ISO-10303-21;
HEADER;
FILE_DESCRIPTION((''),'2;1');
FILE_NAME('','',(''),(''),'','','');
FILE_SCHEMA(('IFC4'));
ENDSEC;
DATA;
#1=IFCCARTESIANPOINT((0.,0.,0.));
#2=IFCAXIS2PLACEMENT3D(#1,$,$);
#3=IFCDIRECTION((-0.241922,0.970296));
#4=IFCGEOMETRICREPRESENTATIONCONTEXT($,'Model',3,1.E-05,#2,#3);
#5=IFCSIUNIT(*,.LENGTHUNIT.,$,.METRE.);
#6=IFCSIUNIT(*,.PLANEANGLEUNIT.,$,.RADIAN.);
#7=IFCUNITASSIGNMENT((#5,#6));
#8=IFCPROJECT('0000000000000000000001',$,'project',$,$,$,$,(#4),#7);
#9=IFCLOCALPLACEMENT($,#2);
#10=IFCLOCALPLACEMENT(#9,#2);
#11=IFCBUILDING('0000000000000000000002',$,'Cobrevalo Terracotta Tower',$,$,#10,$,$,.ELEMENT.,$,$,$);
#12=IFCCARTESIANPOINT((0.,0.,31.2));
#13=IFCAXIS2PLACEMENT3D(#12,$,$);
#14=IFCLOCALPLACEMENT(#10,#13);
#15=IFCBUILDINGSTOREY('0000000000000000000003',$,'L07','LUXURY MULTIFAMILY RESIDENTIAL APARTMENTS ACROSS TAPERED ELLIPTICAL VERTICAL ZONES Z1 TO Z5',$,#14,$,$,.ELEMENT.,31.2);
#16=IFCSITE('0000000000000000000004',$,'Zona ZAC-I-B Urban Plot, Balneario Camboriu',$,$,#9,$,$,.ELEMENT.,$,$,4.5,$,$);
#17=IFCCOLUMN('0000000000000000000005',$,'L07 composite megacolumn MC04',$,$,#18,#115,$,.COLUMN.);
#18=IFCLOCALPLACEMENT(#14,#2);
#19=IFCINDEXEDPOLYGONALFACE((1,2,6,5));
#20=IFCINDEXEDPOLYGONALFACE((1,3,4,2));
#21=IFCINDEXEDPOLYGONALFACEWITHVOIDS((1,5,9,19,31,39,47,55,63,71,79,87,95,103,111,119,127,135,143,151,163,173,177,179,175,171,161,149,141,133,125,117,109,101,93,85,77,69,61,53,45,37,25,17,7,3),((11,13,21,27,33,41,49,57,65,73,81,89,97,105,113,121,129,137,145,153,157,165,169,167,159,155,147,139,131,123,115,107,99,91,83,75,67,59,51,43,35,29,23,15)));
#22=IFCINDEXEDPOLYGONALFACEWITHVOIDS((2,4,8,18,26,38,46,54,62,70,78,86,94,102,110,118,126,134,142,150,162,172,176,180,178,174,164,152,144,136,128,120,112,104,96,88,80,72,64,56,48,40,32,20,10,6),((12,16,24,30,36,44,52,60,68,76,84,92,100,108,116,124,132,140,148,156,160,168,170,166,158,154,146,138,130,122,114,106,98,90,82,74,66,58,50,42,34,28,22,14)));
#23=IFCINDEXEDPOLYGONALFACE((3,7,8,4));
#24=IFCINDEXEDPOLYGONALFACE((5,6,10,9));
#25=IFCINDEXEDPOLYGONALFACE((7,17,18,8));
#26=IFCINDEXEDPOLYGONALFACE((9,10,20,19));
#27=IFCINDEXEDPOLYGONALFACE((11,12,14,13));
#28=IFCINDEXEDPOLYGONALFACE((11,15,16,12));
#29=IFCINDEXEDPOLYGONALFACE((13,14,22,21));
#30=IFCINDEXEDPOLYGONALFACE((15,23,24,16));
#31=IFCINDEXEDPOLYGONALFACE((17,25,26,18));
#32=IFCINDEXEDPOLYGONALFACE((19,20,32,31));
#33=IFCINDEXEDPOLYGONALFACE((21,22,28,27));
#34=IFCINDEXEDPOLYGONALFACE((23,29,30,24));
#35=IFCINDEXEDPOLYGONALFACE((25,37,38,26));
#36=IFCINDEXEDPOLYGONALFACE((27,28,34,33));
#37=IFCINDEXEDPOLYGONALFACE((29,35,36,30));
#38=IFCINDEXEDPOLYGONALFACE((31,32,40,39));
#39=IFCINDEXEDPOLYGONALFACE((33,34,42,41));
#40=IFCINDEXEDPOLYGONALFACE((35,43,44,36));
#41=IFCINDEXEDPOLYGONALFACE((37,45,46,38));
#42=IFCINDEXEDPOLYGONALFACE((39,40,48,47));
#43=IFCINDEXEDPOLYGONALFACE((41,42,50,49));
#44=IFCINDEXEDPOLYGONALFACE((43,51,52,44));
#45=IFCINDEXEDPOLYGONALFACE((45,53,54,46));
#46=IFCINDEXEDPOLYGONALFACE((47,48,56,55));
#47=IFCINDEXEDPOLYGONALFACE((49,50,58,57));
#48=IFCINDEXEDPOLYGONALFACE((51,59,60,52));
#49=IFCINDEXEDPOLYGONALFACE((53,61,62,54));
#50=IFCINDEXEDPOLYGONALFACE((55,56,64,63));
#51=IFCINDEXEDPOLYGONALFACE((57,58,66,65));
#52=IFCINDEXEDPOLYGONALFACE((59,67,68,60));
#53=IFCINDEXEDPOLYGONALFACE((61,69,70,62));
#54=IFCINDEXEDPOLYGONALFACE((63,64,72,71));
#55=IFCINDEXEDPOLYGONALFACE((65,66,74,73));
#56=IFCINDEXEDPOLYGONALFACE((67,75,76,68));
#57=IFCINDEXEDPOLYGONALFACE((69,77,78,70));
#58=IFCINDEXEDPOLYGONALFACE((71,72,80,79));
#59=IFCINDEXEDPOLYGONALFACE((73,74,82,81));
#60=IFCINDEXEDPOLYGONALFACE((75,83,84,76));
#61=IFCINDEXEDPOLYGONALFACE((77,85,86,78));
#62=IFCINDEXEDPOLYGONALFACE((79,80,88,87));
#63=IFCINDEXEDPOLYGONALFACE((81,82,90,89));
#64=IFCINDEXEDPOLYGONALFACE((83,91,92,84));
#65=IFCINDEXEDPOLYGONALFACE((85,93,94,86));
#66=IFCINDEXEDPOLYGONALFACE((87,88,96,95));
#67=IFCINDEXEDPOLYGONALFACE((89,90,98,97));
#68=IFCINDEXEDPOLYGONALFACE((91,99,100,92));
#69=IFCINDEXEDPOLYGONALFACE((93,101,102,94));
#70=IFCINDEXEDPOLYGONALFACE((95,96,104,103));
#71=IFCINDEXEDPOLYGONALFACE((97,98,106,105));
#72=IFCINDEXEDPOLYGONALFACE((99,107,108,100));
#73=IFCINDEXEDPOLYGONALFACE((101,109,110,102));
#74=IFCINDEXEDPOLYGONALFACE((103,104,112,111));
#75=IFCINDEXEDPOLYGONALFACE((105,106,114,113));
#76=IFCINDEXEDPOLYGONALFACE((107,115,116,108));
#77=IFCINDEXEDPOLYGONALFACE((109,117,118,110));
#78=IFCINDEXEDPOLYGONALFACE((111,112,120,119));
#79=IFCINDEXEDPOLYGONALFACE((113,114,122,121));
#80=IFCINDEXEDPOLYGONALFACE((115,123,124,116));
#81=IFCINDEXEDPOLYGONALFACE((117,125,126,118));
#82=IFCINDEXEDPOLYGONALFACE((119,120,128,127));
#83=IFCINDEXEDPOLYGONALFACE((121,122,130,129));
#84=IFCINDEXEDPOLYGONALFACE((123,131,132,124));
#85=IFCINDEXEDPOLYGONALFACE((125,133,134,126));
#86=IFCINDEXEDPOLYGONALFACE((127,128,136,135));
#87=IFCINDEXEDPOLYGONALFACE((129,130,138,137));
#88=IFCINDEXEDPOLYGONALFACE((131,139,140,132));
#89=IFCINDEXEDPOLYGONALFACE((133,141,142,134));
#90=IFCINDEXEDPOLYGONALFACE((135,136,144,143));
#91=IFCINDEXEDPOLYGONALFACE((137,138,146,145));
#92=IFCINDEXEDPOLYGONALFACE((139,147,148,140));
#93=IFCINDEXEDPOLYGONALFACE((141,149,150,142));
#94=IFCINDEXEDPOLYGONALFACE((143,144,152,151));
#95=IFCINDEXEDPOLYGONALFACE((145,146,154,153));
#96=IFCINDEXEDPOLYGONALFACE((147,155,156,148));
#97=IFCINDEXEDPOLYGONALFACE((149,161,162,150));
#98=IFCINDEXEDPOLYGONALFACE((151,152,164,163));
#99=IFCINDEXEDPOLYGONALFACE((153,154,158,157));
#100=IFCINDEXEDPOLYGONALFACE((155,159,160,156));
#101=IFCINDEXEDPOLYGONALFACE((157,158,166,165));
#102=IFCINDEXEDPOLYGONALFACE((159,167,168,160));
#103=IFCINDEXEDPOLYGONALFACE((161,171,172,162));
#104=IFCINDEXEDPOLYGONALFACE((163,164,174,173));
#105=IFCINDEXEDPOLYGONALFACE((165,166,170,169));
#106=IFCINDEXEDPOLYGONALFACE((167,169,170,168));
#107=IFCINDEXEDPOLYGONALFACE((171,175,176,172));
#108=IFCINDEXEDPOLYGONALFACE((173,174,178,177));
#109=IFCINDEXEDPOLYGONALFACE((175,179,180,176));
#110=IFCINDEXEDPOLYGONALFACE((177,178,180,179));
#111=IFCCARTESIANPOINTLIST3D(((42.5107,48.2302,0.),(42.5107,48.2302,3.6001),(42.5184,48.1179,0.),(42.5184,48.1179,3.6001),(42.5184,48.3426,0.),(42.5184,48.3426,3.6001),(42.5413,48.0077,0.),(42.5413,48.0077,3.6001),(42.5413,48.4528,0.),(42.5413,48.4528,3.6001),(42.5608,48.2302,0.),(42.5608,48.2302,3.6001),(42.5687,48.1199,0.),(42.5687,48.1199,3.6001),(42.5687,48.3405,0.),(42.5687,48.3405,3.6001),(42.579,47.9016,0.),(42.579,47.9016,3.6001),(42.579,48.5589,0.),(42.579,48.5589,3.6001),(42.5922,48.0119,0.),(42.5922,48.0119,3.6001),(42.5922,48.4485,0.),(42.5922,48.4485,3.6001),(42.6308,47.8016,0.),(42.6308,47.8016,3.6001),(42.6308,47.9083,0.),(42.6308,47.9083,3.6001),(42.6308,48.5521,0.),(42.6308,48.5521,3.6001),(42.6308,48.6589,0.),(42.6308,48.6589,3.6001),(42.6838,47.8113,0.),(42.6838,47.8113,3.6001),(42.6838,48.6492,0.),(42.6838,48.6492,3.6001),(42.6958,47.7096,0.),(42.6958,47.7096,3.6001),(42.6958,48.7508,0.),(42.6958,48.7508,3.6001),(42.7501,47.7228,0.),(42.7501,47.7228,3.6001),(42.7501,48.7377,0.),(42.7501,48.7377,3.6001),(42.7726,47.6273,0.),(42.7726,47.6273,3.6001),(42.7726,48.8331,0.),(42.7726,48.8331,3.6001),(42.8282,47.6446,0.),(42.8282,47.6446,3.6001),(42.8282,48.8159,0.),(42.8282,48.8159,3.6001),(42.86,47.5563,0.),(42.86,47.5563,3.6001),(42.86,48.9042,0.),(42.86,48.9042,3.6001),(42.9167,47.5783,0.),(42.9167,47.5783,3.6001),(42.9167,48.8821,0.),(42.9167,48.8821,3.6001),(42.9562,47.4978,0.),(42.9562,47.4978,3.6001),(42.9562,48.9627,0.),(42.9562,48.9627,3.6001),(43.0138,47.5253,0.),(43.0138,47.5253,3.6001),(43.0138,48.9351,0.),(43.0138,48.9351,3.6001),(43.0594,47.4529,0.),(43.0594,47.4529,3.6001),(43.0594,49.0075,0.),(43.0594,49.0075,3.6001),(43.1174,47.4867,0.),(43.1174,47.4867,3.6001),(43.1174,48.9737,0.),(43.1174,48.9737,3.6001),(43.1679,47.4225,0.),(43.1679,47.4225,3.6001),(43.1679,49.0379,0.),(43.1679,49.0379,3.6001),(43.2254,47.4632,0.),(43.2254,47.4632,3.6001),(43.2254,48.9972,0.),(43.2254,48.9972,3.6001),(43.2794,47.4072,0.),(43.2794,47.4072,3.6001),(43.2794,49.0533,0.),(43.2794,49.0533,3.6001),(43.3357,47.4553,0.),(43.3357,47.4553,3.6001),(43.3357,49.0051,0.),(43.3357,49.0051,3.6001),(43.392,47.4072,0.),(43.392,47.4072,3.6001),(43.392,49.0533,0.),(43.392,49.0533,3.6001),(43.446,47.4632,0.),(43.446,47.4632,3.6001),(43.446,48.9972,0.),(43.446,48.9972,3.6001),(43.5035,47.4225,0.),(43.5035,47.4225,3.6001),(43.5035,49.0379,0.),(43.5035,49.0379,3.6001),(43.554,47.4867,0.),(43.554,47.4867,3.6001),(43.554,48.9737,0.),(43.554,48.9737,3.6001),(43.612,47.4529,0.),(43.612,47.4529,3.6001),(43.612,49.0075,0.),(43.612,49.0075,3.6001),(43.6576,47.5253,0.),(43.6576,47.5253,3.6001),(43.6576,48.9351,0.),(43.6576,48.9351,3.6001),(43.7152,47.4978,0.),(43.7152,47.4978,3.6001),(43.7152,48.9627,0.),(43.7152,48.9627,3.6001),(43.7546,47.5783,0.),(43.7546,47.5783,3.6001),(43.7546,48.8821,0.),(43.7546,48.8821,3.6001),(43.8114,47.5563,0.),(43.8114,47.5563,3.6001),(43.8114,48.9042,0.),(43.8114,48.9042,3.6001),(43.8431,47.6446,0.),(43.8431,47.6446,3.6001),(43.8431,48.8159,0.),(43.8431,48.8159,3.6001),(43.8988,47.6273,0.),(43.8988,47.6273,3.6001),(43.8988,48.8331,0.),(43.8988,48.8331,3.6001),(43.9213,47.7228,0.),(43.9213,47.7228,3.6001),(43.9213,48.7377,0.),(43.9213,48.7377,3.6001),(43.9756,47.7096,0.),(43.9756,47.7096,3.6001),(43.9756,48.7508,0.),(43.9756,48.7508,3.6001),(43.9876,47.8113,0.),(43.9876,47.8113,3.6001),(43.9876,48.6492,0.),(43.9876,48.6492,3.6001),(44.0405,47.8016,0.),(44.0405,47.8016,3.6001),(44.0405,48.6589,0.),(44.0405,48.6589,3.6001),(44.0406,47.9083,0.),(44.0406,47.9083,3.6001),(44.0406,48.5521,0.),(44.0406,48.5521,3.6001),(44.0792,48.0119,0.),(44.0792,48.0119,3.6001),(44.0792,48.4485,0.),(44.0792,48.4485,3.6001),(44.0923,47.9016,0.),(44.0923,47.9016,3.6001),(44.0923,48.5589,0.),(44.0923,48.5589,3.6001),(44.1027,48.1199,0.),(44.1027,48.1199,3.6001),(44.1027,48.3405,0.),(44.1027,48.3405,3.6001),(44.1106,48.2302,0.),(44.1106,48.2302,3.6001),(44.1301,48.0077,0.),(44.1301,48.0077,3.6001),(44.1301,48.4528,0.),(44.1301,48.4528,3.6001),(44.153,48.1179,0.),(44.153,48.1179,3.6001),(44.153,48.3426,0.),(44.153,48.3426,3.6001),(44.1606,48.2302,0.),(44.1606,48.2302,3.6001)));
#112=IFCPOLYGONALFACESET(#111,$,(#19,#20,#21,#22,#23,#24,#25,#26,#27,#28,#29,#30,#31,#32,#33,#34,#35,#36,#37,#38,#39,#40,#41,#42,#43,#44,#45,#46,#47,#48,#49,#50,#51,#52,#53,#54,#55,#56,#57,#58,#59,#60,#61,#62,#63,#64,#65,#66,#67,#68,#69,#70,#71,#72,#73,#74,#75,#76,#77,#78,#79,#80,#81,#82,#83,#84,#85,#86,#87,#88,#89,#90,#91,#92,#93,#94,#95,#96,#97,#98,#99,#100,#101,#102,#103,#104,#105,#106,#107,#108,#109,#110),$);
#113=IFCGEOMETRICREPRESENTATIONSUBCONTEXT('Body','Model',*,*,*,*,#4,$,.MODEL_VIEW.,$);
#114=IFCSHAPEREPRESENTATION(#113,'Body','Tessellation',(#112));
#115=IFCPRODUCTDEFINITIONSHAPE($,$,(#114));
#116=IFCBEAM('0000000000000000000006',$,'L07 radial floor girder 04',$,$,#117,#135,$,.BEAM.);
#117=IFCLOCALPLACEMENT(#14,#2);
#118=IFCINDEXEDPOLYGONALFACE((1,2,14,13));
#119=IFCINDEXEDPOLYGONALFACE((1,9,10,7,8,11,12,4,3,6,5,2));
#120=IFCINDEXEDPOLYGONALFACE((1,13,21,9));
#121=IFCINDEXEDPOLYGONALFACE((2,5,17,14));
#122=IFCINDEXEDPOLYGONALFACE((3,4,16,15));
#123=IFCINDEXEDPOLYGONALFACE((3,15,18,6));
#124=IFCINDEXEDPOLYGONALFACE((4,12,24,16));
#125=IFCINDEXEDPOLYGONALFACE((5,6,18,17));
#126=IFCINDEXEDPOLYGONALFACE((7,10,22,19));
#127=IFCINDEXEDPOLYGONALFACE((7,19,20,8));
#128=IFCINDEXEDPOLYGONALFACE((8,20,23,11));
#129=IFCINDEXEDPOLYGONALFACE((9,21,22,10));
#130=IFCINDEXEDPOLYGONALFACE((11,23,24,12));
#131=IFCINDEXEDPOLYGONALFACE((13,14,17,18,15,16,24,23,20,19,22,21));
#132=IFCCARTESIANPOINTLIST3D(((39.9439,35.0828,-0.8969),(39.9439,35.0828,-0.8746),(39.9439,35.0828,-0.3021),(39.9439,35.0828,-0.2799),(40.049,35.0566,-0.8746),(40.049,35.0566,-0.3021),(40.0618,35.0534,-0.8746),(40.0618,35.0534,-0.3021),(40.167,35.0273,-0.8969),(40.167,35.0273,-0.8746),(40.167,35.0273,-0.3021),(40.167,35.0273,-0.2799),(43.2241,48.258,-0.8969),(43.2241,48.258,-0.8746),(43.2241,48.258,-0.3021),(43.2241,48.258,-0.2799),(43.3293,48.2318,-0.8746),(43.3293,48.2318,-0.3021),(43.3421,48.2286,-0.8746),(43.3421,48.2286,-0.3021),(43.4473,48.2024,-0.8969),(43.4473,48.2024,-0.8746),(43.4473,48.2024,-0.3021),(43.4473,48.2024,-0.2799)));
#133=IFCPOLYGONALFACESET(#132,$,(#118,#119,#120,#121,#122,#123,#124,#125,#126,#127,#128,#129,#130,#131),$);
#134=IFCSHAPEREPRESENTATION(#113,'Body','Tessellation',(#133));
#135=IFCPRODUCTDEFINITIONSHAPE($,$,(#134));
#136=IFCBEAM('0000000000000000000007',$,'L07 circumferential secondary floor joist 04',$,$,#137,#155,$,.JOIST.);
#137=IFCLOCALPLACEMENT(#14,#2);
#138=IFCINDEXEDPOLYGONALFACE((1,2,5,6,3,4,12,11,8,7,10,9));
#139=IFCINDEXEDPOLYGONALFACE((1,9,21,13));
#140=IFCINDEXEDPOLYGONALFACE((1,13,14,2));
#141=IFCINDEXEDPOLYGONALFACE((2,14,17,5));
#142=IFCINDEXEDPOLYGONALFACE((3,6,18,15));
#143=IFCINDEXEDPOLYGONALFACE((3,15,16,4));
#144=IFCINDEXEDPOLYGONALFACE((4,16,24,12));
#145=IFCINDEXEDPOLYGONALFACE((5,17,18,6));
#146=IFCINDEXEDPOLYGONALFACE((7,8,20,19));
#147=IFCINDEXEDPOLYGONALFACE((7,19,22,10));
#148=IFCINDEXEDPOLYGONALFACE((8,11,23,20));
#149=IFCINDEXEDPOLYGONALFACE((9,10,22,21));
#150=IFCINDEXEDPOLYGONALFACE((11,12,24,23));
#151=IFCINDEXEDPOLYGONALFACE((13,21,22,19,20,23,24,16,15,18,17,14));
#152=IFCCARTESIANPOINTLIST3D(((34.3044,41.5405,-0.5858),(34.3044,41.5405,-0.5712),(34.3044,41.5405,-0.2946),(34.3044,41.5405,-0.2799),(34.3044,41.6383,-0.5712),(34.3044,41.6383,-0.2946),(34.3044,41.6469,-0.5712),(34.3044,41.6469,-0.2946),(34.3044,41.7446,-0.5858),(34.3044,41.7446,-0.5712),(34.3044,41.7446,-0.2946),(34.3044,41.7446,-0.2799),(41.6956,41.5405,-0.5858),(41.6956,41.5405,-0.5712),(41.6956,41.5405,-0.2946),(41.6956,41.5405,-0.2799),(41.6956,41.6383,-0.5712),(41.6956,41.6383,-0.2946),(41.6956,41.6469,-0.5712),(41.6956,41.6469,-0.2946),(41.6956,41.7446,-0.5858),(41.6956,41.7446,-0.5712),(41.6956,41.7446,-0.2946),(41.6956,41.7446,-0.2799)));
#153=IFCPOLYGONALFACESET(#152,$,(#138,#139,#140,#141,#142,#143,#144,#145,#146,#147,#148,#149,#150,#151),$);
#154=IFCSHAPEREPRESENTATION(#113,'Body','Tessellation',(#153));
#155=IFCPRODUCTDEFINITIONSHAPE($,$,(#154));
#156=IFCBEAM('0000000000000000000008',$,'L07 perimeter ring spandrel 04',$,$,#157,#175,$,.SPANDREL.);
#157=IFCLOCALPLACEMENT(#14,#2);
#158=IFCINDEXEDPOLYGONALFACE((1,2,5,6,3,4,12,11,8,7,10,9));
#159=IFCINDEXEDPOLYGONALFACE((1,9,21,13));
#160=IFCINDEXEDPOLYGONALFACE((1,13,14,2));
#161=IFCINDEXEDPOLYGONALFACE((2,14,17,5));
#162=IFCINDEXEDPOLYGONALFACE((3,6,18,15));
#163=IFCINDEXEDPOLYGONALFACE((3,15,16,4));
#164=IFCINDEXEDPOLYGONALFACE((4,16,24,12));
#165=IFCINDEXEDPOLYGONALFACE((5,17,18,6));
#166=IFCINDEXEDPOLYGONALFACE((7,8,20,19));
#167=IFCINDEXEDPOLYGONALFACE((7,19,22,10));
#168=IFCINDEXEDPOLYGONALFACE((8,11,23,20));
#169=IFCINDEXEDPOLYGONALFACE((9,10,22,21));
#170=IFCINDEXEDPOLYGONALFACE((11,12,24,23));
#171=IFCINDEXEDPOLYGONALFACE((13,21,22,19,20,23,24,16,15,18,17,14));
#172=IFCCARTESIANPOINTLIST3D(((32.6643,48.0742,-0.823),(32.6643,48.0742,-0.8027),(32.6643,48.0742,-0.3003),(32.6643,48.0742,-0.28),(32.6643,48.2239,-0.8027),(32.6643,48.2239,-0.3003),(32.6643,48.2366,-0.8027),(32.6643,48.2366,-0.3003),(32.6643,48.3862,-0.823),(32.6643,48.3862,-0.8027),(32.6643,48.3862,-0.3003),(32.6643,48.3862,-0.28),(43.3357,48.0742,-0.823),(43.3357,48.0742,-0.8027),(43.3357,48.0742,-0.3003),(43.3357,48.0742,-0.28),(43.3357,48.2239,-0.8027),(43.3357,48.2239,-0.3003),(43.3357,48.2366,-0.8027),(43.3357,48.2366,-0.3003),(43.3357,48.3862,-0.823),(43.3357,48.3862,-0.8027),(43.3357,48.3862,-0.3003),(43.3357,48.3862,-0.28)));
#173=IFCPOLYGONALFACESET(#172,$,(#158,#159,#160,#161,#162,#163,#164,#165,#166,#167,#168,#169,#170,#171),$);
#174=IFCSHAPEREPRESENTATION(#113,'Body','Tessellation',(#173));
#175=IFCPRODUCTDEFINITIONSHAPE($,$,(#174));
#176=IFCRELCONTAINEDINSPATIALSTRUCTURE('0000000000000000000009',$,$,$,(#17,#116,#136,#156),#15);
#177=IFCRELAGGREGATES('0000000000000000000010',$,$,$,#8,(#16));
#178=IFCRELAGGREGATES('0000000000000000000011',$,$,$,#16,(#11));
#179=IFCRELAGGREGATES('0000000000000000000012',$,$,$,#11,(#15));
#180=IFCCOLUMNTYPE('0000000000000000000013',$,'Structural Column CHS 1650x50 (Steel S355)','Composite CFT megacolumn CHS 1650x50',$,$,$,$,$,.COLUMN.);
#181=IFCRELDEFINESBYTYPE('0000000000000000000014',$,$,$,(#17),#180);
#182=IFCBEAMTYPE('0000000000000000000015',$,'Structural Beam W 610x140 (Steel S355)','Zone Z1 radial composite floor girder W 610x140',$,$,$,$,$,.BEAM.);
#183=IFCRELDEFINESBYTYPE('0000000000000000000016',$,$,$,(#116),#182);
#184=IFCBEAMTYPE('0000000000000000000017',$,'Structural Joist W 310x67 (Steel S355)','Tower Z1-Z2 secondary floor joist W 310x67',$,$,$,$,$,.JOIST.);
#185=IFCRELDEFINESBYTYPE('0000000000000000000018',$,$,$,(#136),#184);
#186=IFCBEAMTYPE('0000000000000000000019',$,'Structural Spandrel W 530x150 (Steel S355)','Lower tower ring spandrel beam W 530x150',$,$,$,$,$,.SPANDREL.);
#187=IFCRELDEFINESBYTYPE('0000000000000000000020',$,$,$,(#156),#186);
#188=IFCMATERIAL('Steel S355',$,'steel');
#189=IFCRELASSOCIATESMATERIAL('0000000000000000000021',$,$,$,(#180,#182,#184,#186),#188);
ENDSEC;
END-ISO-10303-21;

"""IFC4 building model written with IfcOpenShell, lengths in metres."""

from ifc_helpers import new_model, si_unit, direction, frame, origin, origin_2d, place, context, subcontext, project, spatial, hollow_circle, i_section, extrude, material, material_profile, profile_set, type_object, element, save


model = new_model("IFC4")

# Units and contexts
model_context = context("Model", 3, precision=1e-05, world=origin(), true_north=direction((-0.241922, 0.970296)))
body_context = subcontext(model_context, "Body", "Model", "MODEL_VIEW")
ifc_project = project(units=[si_unit("LENGTHUNIT", "METRE"), si_unit("PLANEANGLEUNIT", "RADIAN")], contexts=[model_context])

# Site, building, storey
site_placement = place(None, origin())
site = spatial("IfcSite", under=ifc_project, at=site_placement, Name="Zona ZAC-I-B Urban Plot, Balneario Camboriu", CompositionType="ELEMENT", RefElevation=4.5)
building_placement = place(site_placement, origin())
building = spatial("IfcBuilding", under=site, at=building_placement, Name="Cobrevalo Terracotta Tower", CompositionType="ELEMENT")
storey_placement = place(building_placement, frame((0.0, 0.0, 31.2)))
storey = spatial("IfcBuildingStorey", under=building, at=storey_placement, Name="L07", Description="LUXURY MULTIFAMILY RESIDENTIAL APARTMENTS ACROSS TAPERED ELLIPTICAL VERTICAL ZONES Z1 TO Z5", CompositionType="ELEMENT", Elevation=31.2)

# Column
ifc_material_1 = material(Name="Steel S355", Category="steel")
ifc_material_profile_1 = material_profile(ifc_material_1, hollow_circle(Radius=0.825, WallThickness=0.05, at=origin_2d()), Name="CHS 1650x50")
ifc_profile_set_1 = profile_set([ifc_material_profile_1], Name="Steel S355")
column_type = type_object("IfcColumnType", Name="Structural Column CHS 1650x50 (Steel S355)", Description="Composite CFT megacolumn CHS 1650x50", PredefinedType="COLUMN", material=ifc_profile_set_1)
column_placement = place(storey_placement, frame((43.3357, 48.2302, 0.0), z_axis=(0.0, 0.0, 1.0), x_axis=(1.0, 0.0, 0.0)))
element("IfcColumn", 1, at=column_placement, inside=storey, type_object=column_type, Name="L07 composite megacolumn MC04", PredefinedType="COLUMN", context=body_context, shape_type="SweptSolid", body=[
    extrude(hollow_circle(Radius=0.825, WallThickness=0.05, at=origin_2d()), origin(), (0.0, 0.0, 1.0), 3.6001),
])

# Beams
ifc_material_profile_2 = material_profile(ifc_material_1, i_section(OverallWidth=0.23, OverallDepth=0.6169, WebThickness=0.0132, FlangeThickness=0.0222, at=origin_2d()), Name="W 610x140")
ifc_profile_set_2 = profile_set([ifc_material_profile_2], Name="Steel S355")
beam_type_1 = type_object("IfcBeamType", Name="Structural Beam W 610x140 (Steel S355)", Description="Zone Z1 radial composite floor girder W 610x140", PredefinedType="BEAM", material=ifc_profile_set_2)
beam_1_placement = place(storey_placement, frame((43.3357, 48.2302, -0.5884), z_axis=(-0.241596, -0.970377, 0.0), x_axis=(0.970377, -0.241596, 0.0)))
element("IfcBeam", 2, at=beam_1_placement, inside=storey, type_object=beam_type_1, Name="L07 radial floor girder 04", PredefinedType="BEAM", context=body_context, shape_type="SweptSolid", body=[
    extrude(i_section(OverallWidth=0.23, OverallDepth=0.6169, WebThickness=0.0132, FlangeThickness=0.0222, at=origin_2d()), origin(), (0.0, 0.0, 1.0), 13.5774),
])
ifc_material_profile_3 = material_profile(ifc_material_1, i_section(OverallWidth=0.2041, OverallDepth=0.3059, WebThickness=0.0085, FlangeThickness=0.0146, at=origin_2d()), Name="W 310x67")
ifc_profile_set_3 = profile_set([ifc_material_profile_3], Name="Steel S355")
beam_type_2 = type_object("IfcBeamType", Name="Structural Joist W 310x67 (Steel S355)", Description="Tower Z1-Z2 secondary floor joist W 310x67", PredefinedType="JOIST", material=ifc_profile_set_3)
beam_2_placement = place(storey_placement, frame((41.6956, 41.6426, -0.4329), z_axis=(-1.0, 0.0, 0.0), x_axis=(0.0, -1.0, 0.0)))
element("IfcBeam", 3, at=beam_2_placement, inside=storey, type_object=beam_type_2, Name="L07 circumferential secondary floor joist 04", PredefinedType="JOIST", context=body_context, shape_type="SweptSolid", body=[
    extrude(i_section(OverallWidth=0.2041, OverallDepth=0.3059, WebThickness=0.0085, FlangeThickness=0.0146, at=origin_2d()), origin(), (0.0, 0.0, 1.0), 7.3911),
])
ifc_material_profile_4 = material_profile(ifc_material_1, i_section(OverallWidth=0.312, OverallDepth=0.543, WebThickness=0.0127, FlangeThickness=0.0203, at=origin_2d()), Name="W 530x150")
ifc_profile_set_4 = profile_set([ifc_material_profile_4], Name="Steel S355")
beam_type_3 = type_object("IfcBeamType", Name="Structural Spandrel W 530x150 (Steel S355)", Description="Lower tower ring spandrel beam W 530x150", PredefinedType="SPANDREL", material=ifc_profile_set_4)
beam_3_placement = place(storey_placement, frame((43.3357, 48.2302, -0.5515), z_axis=(-1.0, 0.0, 0.0), x_axis=(0.0, -1.0, 0.0)))
element("IfcBeam", 4, at=beam_3_placement, inside=storey, type_object=beam_type_3, Name="L07 perimeter ring spandrel 04", PredefinedType="SPANDREL", context=body_context, shape_type="SweptSolid", body=[
    extrude(i_section(OverallWidth=0.312, OverallDepth=0.543, WebThickness=0.0127, FlangeThickness=0.0203, at=origin_2d()), origin(), (0.0, 0.0, 1.0), 10.6714),
])

save(model, "model.ifc")
